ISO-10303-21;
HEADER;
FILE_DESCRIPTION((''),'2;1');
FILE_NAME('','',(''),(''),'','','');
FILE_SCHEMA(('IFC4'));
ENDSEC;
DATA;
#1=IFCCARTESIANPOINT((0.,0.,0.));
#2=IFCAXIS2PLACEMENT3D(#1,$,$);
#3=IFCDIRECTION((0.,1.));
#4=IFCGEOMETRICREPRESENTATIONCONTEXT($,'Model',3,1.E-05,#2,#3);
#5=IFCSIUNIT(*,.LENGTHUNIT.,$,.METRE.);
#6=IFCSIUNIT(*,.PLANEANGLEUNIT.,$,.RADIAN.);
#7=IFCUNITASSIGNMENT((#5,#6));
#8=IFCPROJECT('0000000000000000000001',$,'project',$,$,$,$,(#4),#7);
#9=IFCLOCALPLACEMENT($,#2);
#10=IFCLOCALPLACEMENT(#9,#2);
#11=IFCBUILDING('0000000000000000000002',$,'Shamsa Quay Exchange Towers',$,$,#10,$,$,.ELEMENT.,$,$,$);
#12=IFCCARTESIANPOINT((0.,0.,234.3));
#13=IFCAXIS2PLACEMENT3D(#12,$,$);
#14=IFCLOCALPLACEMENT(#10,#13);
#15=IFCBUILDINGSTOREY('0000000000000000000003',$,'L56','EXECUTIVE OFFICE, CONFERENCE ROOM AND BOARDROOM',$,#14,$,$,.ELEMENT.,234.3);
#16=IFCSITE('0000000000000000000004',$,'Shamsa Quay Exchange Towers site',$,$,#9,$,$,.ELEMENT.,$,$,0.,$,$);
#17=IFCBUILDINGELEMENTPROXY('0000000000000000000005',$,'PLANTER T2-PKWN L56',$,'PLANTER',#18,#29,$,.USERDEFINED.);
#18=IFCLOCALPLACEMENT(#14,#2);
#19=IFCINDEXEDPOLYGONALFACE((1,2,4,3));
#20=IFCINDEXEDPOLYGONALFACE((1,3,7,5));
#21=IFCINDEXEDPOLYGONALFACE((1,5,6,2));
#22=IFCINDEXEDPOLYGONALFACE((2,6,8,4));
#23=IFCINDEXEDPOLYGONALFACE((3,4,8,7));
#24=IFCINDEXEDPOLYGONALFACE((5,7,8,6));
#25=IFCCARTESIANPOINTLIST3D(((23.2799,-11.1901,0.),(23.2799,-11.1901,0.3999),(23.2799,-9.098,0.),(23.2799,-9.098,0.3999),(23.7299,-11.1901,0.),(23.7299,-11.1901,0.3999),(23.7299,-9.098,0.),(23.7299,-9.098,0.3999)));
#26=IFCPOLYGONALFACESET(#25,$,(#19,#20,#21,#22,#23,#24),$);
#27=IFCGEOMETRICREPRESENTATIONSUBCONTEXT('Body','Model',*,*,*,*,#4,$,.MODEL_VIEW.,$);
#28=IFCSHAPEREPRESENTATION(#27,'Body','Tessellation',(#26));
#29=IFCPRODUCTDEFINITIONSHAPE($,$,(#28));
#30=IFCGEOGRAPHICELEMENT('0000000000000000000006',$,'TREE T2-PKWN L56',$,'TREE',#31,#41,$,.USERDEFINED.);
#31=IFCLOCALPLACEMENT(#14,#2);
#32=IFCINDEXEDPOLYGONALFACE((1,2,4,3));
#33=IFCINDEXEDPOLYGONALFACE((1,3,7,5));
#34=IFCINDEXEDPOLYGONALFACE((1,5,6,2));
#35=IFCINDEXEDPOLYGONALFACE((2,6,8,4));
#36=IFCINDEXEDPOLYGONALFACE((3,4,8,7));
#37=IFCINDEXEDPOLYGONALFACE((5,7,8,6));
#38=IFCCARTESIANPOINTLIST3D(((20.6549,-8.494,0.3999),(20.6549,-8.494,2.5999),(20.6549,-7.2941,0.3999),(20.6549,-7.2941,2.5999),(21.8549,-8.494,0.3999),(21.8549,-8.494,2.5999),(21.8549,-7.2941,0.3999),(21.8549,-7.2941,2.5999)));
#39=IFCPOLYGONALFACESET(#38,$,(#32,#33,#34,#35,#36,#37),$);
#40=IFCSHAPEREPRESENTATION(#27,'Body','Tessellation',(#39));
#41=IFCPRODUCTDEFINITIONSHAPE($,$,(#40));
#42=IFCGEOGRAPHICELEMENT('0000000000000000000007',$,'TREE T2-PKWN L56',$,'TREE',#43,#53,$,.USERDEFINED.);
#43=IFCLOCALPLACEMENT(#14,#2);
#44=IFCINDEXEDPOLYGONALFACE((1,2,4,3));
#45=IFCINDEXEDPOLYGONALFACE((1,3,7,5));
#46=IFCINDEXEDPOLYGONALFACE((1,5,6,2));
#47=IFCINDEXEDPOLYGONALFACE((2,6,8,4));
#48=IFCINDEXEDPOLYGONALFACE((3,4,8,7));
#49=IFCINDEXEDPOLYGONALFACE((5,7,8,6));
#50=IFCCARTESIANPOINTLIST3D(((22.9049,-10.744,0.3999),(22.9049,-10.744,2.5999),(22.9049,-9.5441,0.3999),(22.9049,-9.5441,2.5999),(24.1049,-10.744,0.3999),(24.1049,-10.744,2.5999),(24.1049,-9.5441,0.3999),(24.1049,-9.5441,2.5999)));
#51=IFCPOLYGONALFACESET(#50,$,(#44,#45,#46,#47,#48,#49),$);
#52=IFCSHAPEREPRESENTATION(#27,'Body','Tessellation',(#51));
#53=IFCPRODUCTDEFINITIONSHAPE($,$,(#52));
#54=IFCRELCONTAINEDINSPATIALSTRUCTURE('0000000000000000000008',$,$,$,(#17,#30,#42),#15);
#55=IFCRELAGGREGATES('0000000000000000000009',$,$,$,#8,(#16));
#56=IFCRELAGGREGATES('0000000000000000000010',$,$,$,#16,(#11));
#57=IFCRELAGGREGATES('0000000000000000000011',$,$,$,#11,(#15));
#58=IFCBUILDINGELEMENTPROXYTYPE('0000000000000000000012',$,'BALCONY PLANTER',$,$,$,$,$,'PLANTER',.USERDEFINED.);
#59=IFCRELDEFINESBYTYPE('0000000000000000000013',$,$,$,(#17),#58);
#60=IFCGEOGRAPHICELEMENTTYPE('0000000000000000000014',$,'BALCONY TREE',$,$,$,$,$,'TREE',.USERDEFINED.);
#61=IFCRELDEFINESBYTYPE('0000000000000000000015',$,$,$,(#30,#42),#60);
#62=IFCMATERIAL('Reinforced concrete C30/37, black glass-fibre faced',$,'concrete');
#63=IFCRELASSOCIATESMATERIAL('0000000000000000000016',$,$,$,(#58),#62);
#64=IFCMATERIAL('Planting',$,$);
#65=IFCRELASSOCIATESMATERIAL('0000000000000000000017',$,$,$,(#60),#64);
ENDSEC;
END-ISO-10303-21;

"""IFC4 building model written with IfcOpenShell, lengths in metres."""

from ifc_helpers import new_model, si_unit, direction, frame, origin, origin_2d, place, context, subcontext, project, spatial, rectangle, extrude, material, type_object, element, save


model = new_model("IFC4")

# Units and contexts
model_context = context("Model", 3, precision=1e-05, world=origin(), true_north=direction((0.0, 1.0)))
body_context = subcontext(model_context, "Body", "Model", "MODEL_VIEW")
ifc_project = project(units=[si_unit("LENGTHUNIT", "METRE"), si_unit("PLANEANGLEUNIT", "RADIAN")], contexts=[model_context])

# Site, building, storey
site_placement = place(None, origin())
site = spatial("IfcSite", under=ifc_project, at=site_placement, Name="Shamsa Quay Exchange Towers site", CompositionType="ELEMENT", RefElevation=0.0)
building_placement = place(site_placement, origin())
building = spatial("IfcBuilding", under=site, at=building_placement, Name="Shamsa Quay Exchange Towers", CompositionType="ELEMENT")
storey_placement = place(building_placement, frame((0.0, 0.0, 234.3)))
storey = spatial("IfcBuildingStorey", under=building, at=storey_placement, Name="L56", Description="EXECUTIVE OFFICE, CONFERENCE ROOM AND BOARDROOM", CompositionType="ELEMENT", Elevation=234.3)

# Building element proxy
ifc_material_1 = material(Name="Reinforced concrete C30/37, black glass-fibre faced", Category="concrete")
building_element_proxy_type = type_object("IfcBuildingElementProxyType", Name="BALCONY PLANTER", ElementType="PLANTER", PredefinedType="USERDEFINED", material=ifc_material_1)
for number, where, z_axis, x_axis, name in (
    (1, (23.5049, -10.144, 0.0), (0.0, 0.0, 1.0), (0.0, -1.0, 0.0), "PLANTER T2-PKWN L56"),
):
    element("IfcBuildingElementProxy", number, at=place(storey_placement, frame(where, z_axis=z_axis, x_axis=x_axis)), inside=storey, type_object=building_element_proxy_type, Name=name, ObjectType="PLANTER", PredefinedType="USERDEFINED", context=body_context, shape_type="SweptSolid", body=[
        extrude(rectangle(XDim=2.092, YDim=0.45, at=origin_2d()), origin(), (0.0, 0.0, 1.0), 0.3999),
    ])

# Geographic elements
ifc_material_2 = material(Name="Planting")
geographic_element_type = type_object("IfcGeographicElementType", Name="BALCONY TREE", ElementType="TREE", PredefinedType="USERDEFINED", material=ifc_material_2)
for number, where, z_axis, x_axis, name in (
    (2, (21.2549, -7.894, 0.3999), (0.0, 0.0, 1.0), (0.0, -1.0, 0.0), "TREE T2-PKWN L56"),
    (3, (23.5049, -10.144, 0.3999), (0.0, 0.0, 1.0), (0.0, -1.0, 0.0), "TREE T2-PKWN L56"),
):
    element("IfcGeographicElement", number, at=place(storey_placement, frame(where, z_axis=z_axis, x_axis=x_axis)), inside=storey, type_object=geographic_element_type, Name=name, ObjectType="TREE", PredefinedType="USERDEFINED", context=body_context, shape_type="SweptSolid", body=[
        extrude(rectangle(XDim=1.2, YDim=1.2, at=origin_2d()), origin(), (0.0, 0.0, 1.0), 2.2),
    ])

save(model, "model.ifc")
